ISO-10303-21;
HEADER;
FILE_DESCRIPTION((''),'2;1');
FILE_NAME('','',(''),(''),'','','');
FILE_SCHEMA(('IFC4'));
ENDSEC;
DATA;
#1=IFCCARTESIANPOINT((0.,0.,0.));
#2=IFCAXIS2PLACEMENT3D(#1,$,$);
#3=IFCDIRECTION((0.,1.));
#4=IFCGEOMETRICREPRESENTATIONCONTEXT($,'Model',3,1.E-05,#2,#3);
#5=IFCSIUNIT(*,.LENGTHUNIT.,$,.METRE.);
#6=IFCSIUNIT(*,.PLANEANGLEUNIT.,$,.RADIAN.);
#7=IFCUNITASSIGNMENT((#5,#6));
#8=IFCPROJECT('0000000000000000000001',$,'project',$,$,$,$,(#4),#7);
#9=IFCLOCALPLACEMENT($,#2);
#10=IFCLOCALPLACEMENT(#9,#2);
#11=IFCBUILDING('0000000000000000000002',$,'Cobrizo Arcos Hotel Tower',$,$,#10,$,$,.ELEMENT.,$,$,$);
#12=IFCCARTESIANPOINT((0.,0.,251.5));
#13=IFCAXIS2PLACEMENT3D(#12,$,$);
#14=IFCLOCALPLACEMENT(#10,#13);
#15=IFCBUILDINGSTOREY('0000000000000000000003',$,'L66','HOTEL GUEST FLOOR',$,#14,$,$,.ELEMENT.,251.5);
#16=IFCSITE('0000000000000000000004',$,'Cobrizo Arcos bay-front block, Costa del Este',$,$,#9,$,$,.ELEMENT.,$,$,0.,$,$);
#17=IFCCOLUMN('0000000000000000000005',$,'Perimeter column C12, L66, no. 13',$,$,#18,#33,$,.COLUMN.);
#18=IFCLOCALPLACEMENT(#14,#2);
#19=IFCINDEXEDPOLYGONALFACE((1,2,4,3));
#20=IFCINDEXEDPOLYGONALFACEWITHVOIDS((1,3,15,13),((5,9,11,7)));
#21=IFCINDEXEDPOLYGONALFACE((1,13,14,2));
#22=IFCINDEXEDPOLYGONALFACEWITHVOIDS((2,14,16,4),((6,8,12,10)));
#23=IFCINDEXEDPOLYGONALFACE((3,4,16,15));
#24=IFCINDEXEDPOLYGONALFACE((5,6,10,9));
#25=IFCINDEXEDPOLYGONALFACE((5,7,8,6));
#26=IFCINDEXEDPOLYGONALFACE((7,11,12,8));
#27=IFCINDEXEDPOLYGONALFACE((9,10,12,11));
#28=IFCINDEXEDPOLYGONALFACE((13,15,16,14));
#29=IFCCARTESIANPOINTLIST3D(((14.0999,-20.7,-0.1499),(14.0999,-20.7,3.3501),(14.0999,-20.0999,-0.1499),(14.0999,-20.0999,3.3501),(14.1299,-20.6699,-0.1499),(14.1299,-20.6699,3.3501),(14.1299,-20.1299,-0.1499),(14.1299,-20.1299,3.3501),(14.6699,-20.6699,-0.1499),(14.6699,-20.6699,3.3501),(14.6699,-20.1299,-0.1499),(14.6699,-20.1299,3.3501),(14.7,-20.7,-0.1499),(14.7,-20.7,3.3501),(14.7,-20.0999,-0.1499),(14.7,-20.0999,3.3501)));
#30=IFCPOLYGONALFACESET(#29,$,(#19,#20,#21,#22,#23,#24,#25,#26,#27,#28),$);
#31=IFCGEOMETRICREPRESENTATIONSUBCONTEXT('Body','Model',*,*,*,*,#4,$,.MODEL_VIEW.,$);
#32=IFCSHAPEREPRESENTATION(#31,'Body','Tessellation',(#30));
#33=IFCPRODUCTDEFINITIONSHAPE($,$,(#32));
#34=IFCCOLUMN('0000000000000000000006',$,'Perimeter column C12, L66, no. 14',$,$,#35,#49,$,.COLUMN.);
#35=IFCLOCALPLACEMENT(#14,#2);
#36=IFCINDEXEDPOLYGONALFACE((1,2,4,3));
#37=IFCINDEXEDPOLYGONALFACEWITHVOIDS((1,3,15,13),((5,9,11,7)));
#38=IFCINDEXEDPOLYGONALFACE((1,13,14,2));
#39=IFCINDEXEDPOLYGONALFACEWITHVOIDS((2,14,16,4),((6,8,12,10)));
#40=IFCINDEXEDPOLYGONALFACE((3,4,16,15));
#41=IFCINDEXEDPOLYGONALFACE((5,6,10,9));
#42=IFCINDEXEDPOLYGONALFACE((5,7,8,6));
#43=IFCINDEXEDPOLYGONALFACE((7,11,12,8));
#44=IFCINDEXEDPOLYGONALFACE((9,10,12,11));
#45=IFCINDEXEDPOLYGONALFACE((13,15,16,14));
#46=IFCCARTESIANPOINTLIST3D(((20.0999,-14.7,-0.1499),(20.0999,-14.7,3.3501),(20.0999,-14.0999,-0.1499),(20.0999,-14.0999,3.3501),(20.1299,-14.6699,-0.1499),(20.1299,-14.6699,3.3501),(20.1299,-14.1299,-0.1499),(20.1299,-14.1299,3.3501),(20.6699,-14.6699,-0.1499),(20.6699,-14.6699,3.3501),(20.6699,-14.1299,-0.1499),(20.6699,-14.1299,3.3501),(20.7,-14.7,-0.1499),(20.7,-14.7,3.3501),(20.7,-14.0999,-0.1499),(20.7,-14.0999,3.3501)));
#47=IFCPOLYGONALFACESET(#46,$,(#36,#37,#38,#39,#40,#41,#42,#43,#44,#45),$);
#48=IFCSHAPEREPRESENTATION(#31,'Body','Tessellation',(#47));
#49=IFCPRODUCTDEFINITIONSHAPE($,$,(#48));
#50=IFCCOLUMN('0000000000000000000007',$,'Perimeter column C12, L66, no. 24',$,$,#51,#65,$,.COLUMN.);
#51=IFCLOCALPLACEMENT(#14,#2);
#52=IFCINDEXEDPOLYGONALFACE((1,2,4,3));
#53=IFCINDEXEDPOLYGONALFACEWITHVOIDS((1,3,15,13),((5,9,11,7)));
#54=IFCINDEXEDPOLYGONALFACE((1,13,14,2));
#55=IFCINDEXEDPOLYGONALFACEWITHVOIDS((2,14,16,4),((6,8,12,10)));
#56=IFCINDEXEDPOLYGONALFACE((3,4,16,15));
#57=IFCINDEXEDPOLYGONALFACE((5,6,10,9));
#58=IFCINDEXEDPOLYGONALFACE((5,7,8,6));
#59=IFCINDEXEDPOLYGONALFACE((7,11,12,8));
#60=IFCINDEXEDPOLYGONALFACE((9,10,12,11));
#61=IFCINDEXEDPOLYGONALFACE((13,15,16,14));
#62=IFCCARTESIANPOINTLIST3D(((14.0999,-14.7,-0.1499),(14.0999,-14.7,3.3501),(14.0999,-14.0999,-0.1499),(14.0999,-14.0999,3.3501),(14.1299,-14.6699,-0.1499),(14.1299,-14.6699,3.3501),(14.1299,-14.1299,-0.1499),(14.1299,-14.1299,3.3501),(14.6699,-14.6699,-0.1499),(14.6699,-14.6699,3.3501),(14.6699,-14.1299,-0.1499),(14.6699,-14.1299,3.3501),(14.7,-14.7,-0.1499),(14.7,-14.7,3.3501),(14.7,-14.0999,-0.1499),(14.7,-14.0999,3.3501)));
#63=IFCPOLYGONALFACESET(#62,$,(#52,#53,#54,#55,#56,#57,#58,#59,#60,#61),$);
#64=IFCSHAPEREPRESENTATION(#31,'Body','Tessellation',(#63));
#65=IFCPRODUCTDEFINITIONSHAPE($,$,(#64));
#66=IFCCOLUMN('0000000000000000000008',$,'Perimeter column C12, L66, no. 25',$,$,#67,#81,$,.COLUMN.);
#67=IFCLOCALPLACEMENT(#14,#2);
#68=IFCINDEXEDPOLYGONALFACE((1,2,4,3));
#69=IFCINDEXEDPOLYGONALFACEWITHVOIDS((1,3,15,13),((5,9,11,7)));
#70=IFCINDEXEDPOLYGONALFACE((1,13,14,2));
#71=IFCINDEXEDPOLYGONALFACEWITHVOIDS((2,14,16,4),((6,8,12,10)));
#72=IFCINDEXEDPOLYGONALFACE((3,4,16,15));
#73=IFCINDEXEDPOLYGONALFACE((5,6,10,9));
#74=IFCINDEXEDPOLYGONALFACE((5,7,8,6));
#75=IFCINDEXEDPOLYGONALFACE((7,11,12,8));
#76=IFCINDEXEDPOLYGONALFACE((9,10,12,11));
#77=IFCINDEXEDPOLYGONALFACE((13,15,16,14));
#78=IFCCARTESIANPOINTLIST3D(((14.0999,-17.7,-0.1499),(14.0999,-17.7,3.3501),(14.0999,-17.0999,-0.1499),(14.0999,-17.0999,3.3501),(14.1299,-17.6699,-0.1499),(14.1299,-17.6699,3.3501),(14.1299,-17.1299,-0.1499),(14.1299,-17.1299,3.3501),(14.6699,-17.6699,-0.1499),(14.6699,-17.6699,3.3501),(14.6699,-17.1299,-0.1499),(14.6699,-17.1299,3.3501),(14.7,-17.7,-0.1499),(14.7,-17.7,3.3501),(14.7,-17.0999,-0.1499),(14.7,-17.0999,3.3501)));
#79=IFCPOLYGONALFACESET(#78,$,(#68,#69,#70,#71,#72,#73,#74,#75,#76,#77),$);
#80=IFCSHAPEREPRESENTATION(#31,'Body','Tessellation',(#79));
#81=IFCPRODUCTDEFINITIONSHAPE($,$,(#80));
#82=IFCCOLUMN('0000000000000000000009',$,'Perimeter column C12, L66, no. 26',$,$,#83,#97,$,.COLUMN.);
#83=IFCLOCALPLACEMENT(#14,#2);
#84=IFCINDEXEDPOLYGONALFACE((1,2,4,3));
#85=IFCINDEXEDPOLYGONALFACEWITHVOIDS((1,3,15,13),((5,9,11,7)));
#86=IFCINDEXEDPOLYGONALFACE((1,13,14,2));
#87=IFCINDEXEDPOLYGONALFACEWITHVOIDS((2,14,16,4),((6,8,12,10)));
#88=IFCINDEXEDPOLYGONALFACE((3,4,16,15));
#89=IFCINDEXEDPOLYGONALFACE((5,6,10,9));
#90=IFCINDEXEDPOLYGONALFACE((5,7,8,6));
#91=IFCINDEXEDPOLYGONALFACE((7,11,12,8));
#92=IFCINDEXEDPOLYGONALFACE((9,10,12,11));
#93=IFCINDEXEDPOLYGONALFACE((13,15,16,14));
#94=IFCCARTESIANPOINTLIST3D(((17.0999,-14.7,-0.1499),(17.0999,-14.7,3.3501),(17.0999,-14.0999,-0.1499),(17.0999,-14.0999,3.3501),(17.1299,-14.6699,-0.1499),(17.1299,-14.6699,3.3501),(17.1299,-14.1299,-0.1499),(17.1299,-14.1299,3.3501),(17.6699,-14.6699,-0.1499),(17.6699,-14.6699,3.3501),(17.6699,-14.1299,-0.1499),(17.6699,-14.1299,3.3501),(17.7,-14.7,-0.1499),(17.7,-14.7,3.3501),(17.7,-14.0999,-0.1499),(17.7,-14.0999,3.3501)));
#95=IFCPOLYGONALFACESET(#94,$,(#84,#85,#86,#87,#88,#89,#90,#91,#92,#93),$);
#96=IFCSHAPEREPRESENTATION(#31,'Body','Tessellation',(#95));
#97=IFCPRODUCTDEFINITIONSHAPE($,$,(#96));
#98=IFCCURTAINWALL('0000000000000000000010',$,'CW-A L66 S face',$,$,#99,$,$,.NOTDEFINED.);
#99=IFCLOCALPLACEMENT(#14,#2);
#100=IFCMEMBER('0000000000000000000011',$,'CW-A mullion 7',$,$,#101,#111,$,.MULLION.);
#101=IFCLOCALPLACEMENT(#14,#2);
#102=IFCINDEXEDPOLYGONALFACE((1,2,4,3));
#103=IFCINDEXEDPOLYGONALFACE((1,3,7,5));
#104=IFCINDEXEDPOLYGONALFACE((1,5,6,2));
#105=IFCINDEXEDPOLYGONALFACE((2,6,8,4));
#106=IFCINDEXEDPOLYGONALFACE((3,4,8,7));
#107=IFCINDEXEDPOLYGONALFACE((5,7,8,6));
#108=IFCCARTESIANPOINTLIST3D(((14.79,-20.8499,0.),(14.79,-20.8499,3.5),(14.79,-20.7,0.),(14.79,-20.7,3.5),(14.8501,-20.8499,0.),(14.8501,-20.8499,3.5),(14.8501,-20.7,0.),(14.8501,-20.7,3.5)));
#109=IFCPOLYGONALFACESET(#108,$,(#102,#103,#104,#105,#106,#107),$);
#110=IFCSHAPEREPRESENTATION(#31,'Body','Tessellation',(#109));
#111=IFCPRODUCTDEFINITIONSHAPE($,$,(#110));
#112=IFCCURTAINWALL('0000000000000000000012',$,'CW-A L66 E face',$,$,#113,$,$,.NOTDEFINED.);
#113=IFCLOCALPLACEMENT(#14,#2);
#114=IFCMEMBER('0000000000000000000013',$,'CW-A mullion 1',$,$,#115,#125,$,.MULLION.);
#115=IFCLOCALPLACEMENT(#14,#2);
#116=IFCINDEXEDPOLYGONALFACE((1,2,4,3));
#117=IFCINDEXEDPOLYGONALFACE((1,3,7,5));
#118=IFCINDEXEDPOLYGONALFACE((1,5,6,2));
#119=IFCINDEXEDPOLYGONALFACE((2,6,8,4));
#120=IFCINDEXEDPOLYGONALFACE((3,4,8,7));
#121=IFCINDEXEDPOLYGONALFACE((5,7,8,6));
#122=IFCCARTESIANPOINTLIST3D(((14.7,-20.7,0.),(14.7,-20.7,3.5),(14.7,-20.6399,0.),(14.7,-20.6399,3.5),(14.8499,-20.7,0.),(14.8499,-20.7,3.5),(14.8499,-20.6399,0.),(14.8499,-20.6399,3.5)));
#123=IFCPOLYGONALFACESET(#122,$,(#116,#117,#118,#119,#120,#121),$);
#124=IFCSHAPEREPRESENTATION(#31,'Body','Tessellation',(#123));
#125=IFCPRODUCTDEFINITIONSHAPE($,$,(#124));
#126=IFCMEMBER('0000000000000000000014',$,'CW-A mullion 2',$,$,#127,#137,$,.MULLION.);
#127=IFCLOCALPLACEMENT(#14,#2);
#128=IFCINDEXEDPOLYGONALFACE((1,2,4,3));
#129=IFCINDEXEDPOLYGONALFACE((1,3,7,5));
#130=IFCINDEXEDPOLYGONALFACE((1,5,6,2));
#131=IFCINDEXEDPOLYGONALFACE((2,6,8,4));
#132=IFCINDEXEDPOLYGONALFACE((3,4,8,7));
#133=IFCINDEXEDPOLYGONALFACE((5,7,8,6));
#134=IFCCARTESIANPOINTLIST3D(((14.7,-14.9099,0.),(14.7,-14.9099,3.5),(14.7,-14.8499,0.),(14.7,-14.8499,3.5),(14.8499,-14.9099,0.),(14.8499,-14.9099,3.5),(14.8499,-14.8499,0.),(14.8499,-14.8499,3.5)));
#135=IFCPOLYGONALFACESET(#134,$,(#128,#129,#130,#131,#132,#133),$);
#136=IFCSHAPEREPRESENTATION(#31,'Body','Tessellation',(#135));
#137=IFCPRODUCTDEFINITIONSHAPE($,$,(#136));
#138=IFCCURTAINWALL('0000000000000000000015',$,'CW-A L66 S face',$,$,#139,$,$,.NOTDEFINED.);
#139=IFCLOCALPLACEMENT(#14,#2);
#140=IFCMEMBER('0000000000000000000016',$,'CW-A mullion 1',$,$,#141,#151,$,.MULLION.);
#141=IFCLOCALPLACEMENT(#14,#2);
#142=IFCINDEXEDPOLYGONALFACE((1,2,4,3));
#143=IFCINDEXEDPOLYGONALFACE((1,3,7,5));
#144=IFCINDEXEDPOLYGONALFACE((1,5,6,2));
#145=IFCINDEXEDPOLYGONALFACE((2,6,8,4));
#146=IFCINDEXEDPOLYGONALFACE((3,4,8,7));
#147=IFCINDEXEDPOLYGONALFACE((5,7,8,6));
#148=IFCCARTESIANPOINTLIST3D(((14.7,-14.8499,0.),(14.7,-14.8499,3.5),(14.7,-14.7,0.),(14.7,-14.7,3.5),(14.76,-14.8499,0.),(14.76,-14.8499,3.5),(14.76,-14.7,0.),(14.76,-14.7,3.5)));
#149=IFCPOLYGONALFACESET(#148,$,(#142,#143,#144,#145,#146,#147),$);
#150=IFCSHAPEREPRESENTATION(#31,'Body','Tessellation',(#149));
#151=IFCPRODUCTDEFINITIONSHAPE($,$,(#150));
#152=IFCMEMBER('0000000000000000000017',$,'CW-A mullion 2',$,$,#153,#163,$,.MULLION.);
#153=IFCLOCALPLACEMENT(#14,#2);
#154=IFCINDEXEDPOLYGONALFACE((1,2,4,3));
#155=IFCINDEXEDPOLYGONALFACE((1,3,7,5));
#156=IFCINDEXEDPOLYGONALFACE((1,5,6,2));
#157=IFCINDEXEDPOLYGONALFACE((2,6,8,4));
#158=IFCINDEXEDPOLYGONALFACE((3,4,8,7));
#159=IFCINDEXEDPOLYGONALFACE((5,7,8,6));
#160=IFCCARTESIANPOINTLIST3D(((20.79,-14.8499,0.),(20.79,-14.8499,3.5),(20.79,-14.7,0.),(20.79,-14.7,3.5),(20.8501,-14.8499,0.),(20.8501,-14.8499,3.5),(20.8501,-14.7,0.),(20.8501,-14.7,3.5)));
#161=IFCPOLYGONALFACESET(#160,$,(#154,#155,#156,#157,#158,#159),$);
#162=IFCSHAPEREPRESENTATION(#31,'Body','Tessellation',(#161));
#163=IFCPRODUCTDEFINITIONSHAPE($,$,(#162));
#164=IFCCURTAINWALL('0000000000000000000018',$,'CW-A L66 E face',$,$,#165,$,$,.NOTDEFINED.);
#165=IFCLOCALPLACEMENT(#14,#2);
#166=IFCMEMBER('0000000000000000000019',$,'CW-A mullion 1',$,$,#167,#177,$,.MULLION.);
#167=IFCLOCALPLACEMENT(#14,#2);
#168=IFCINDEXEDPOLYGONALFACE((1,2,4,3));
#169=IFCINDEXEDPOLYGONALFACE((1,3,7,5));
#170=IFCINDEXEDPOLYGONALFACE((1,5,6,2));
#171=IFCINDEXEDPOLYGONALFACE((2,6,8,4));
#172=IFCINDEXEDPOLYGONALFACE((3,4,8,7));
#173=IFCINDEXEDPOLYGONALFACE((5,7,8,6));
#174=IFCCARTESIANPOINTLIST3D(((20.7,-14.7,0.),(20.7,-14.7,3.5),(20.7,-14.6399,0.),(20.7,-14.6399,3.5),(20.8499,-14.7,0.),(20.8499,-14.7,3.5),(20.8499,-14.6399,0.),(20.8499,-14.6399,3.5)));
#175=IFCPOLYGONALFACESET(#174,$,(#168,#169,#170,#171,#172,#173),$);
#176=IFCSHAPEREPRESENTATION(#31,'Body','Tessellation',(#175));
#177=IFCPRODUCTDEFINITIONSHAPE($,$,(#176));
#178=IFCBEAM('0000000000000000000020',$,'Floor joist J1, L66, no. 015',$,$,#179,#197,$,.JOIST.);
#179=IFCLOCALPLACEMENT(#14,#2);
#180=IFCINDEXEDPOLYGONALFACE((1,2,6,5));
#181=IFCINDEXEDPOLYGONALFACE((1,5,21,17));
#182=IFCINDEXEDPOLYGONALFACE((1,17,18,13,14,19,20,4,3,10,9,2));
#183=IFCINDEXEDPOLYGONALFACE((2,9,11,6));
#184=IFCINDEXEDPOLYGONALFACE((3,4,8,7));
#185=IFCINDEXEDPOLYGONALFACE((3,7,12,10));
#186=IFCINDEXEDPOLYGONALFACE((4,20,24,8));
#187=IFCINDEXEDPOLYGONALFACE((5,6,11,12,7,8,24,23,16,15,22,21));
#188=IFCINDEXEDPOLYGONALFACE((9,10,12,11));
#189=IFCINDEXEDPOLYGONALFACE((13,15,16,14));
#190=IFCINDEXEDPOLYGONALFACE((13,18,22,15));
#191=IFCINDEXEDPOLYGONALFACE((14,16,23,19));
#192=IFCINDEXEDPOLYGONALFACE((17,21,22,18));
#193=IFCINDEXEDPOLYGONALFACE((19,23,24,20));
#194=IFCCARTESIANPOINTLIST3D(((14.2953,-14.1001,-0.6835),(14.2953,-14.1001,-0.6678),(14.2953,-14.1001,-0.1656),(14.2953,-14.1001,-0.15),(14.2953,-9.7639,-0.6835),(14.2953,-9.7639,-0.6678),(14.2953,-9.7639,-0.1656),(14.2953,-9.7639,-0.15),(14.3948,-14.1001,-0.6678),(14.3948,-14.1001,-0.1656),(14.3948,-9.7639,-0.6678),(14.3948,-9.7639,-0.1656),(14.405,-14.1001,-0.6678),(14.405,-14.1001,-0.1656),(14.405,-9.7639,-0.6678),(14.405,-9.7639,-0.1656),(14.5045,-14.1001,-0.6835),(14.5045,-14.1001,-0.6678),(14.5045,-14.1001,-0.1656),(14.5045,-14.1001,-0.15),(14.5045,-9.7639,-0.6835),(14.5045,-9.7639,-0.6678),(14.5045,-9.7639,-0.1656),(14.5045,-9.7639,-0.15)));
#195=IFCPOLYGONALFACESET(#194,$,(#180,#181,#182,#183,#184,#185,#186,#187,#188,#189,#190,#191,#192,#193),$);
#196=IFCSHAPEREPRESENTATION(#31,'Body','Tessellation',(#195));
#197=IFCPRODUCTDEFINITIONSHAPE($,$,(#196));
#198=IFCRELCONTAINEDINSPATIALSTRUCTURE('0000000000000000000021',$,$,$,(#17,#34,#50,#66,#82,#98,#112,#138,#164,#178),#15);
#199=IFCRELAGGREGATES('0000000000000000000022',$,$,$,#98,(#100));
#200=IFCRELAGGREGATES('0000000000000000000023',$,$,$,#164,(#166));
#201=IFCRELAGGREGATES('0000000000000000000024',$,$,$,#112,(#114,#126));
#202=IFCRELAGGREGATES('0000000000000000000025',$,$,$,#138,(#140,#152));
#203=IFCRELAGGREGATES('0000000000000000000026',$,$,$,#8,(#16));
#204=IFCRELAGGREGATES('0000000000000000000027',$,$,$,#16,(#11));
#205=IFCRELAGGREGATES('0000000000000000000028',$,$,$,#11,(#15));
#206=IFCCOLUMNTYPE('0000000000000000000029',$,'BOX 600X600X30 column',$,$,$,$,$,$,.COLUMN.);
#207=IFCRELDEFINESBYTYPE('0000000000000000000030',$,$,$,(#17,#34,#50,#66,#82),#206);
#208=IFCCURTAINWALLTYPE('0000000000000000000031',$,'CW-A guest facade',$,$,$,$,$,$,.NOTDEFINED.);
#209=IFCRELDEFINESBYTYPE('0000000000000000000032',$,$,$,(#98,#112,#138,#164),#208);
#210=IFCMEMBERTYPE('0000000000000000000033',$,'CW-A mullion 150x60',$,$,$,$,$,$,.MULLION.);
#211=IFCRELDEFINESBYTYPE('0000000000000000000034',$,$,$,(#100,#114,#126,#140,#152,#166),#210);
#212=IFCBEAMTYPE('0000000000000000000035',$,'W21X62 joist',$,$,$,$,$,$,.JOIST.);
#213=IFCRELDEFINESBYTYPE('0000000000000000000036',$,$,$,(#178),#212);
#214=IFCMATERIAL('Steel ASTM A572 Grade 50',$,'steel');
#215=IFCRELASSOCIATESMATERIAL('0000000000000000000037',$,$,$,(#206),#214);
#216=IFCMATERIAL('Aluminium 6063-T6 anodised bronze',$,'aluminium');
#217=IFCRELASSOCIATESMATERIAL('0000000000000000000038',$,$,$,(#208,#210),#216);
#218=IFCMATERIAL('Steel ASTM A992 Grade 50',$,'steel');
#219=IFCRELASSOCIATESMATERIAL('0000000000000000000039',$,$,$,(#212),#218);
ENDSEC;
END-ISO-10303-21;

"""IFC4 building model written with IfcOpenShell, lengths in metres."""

from ifc_helpers import new_model, si_unit, direction, frame, origin, origin_2d, place, context, subcontext, project, spatial, rectangle, hollow_rectangle, i_section, extrude, material, material_profile, profile_set, type_object, element, aggregate, save


model = new_model("IFC4")

# Units and contexts
model_context = context("Model", 3, precision=1e-05, world=origin(), true_north=direction((0.0, 1.0)))
body_context = subcontext(model_context, "Body", "Model", "MODEL_VIEW")
ifc_project = project(units=[si_unit("LENGTHUNIT", "METRE"), si_unit("PLANEANGLEUNIT", "RADIAN")], contexts=[model_context])

# Site, building, storey
site_placement = place(None, origin())
site = spatial("IfcSite", under=ifc_project, at=site_placement, Name="Cobrizo Arcos bay-front block, Costa del Este", CompositionType="ELEMENT", RefElevation=0.0)
building_placement = place(site_placement, origin())
building = spatial("IfcBuilding", under=site, at=building_placement, Name="Cobrizo Arcos Hotel Tower", CompositionType="ELEMENT")
storey_placement = place(building_placement, frame((0.0, 0.0, 251.5)))
storey = spatial("IfcBuildingStorey", under=building, at=storey_placement, Name="L66", Description="HOTEL GUEST FLOOR", CompositionType="ELEMENT", Elevation=251.5)

# Columns
ifc_material_1 = material(Name="Steel ASTM A572 Grade 50", Category="steel")
ifc_material_profile_1 = material_profile(ifc_material_1, hollow_rectangle(XDim=0.6001, YDim=0.6001, WallThickness=0.03, at=origin_2d()), Name="BOX 600X600X30")
ifc_profile_set_1 = profile_set([ifc_material_profile_1], Name="Steel ASTM A572 Grade 50")
column_type = type_object("IfcColumnType", Name="BOX 600X600X30 column", PredefinedType="COLUMN", material=ifc_profile_set_1)
for number, where, z_axis, x_axis, name in (
    (1, (14.3999, -20.3999, -0.1499), (0.0, 0.0, 1.0), (1.0, 0.0, 0.0), "Perimeter column C12, L66, no. 13"),
    (2, (20.3999, -14.3999, -0.1499), (0.0, 0.0, 1.0), (1.0, 0.0, 0.0), "Perimeter column C12, L66, no. 14"),
    (3, (14.3999, -14.3999, -0.1499), (0.0, 0.0, 1.0), (1.0, 0.0, 0.0), "Perimeter column C12, L66, no. 24"),
    (4, (14.3999, -17.3999, -0.1499), (0.0, 0.0, 1.0), (1.0, 0.0, 0.0), "Perimeter column C12, L66, no. 25"),
    (5, (17.3999, -14.3999, -0.1499), (0.0, 0.0, 1.0), (1.0, 0.0, 0.0), "Perimeter column C12, L66, no. 26"),
):
    element("IfcColumn", number, at=place(storey_placement, frame(where, z_axis=z_axis, x_axis=x_axis)), inside=storey, type_object=column_type, Name=name, PredefinedType="COLUMN", context=body_context, shape_type="SweptSolid", body=[
        extrude(hollow_rectangle(XDim=0.6001, YDim=0.6001, WallThickness=0.03, at=origin_2d()), origin(), (0.0, 0.0, 1.0), 3.5),
    ])

# Curtain wall, member
ifc_material_2 = material(Name="Aluminium 6063-T6 anodised bronze", Category="aluminium")
curtain_wall_type = type_object("IfcCurtainWallType", Name="CW-A guest facade", PredefinedType="NOTDEFINED", material=ifc_material_2)
curtain_wall_1_placement = place(storey_placement, origin())
curtain_wall_1 = element("IfcCurtainWall", 6, at=curtain_wall_1_placement, inside=storey, type_object=curtain_wall_type, Name="CW-A L66 S face", PredefinedType="NOTDEFINED")
ifc_material_profile_2 = material_profile(ifc_material_2, rectangle(XDim=0.1499, YDim=0.0601, at=origin_2d()), Name="CW-A mullion 150x60")
ifc_profile_set_2 = profile_set([ifc_material_profile_2], Name="Aluminium 6063-T6 anodised bronze")
member_type = type_object("IfcMemberType", Name="CW-A mullion 150x60", PredefinedType="MULLION", material=ifc_profile_set_2)
member_1_placement = place(storey_placement, frame((14.8201, -20.7749, 0.0), z_axis=(0.0, 0.0, 1.0), x_axis=(0.0, -1.0, 0.0)))
member_1 = element("IfcMember", 7, at=member_1_placement, type_object=member_type, Name="CW-A mullion 7", PredefinedType="MULLION", context=body_context, shape_type="SweptSolid", body=[
    extrude(rectangle(XDim=0.1499, YDim=0.0601, at=origin_2d()), origin(), (0.0, 0.0, 1.0), 3.5),
])
aggregate(curtain_wall_1, [member_1])

# Curtain walls, members
curtain_wall_2_placement = place(storey_placement, origin())
curtain_wall_2 = element("IfcCurtainWall", 8, at=curtain_wall_2_placement, inside=storey, type_object=curtain_wall_type, Name="CW-A L66 E face", PredefinedType="NOTDEFINED")
member_2_placement = place(storey_placement, frame((14.7749, -20.6699, 0.0), z_axis=(0.0, 0.0, 1.0), x_axis=(1.0, 0.0, 0.0)))
member_2 = element("IfcMember", 9, at=member_2_placement, type_object=member_type, Name="CW-A mullion 1", PredefinedType="MULLION", context=body_context, shape_type="SweptSolid", body=[
    extrude(rectangle(XDim=0.1499, YDim=0.0601, at=origin_2d()), origin(), (0.0, 0.0, 1.0), 3.5),
])
member_3_placement = place(storey_placement, frame((14.7749, -14.8799, 0.0), z_axis=(0.0, 0.0, 1.0), x_axis=(1.0, 0.0, 0.0)))
member_3 = element("IfcMember", 10, at=member_3_placement, type_object=member_type, Name="CW-A mullion 2", PredefinedType="MULLION", context=body_context, shape_type="SweptSolid", body=[
    extrude(rectangle(XDim=0.1499, YDim=0.0601, at=origin_2d()), origin(), (0.0, 0.0, 1.0), 3.5),
])
curtain_wall_3_placement = place(storey_placement, origin())
curtain_wall_3 = element("IfcCurtainWall", 11, at=curtain_wall_3_placement, inside=storey, type_object=curtain_wall_type, Name="CW-A L66 S face", PredefinedType="NOTDEFINED")
member_4_placement = place(storey_placement, frame((14.73, -14.7749, 0.0), z_axis=(0.0, 0.0, 1.0), x_axis=(0.0, -1.0, 0.0)))
member_4 = element("IfcMember", 12, at=member_4_placement, type_object=member_type, Name="CW-A mullion 1", PredefinedType="MULLION", context=body_context, shape_type="SweptSolid", body=[
    extrude(rectangle(XDim=0.1499, YDim=0.0601, at=origin_2d()), origin(), (0.0, 0.0, 1.0), 3.5),
])
member_5_placement = place(storey_placement, frame((20.8201, -14.7749, 0.0), z_axis=(0.0, 0.0, 1.0), x_axis=(0.0, -1.0, 0.0)))
member_5 = element("IfcMember", 13, at=member_5_placement, type_object=member_type, Name="CW-A mullion 2", PredefinedType="MULLION", context=body_context, shape_type="SweptSolid", body=[
    extrude(rectangle(XDim=0.1499, YDim=0.0601, at=origin_2d()), origin(), (0.0, 0.0, 1.0), 3.5),
])

# Curtain wall, member
curtain_wall_4_placement = place(storey_placement, origin())
curtain_wall_4 = element("IfcCurtainWall", 14, at=curtain_wall_4_placement, inside=storey, type_object=curtain_wall_type, Name="CW-A L66 E face", PredefinedType="NOTDEFINED")
member_6_placement = place(storey_placement, frame((20.7749, -14.6699, 0.0), z_axis=(0.0, 0.0, 1.0), x_axis=(1.0, 0.0, 0.0)))
member_6 = element("IfcMember", 15, at=member_6_placement, type_object=member_type, Name="CW-A mullion 1", PredefinedType="MULLION", context=body_context, shape_type="SweptSolid", body=[
    extrude(rectangle(XDim=0.1499, YDim=0.0601, at=origin_2d()), origin(), (0.0, 0.0, 1.0), 3.5),
])
aggregate(curtain_wall_4, [member_6])

# Beam
ifc_material_3 = material(Name="Steel ASTM A992 Grade 50", Category="steel")
ifc_material_profile_3 = material_profile(ifc_material_3, i_section(OverallWidth=0.2092, OverallDepth=0.5334, WebThickness=0.0103, FlangeThickness=0.0156, at=origin_2d()), Name="W21X62")
ifc_profile_set_3 = profile_set([ifc_material_profile_3], Name="Steel ASTM A992 Grade 50")
beam_type_1 = type_object("IfcBeamType", Name="W21X62 joist", PredefinedType="JOIST", material=ifc_profile_set_3)
beam_1_placement = place(storey_placement, frame((14.3999, -14.1001, -0.4167), z_axis=(0.0, 1.0, 0.0), x_axis=(-1.0, 0.0, 0.0)))
element("IfcBeam", 16, at=beam_1_placement, inside=storey, type_object=beam_type_1, Name="Floor joist J1, L66, no. 015", PredefinedType="JOIST", context=body_context, shape_type="SweptSolid", body=[
    extrude(i_section(OverallWidth=0.2092, OverallDepth=0.5334, WebThickness=0.0103, FlangeThickness=0.0156, at=origin_2d()), origin(), (0.0, 0.0, 1.0), 4.3362),
])

aggregate(curtain_wall_2, [member_2, member_3])
aggregate(curtain_wall_3, [member_4, member_5])

save(model, "model.ifc")
